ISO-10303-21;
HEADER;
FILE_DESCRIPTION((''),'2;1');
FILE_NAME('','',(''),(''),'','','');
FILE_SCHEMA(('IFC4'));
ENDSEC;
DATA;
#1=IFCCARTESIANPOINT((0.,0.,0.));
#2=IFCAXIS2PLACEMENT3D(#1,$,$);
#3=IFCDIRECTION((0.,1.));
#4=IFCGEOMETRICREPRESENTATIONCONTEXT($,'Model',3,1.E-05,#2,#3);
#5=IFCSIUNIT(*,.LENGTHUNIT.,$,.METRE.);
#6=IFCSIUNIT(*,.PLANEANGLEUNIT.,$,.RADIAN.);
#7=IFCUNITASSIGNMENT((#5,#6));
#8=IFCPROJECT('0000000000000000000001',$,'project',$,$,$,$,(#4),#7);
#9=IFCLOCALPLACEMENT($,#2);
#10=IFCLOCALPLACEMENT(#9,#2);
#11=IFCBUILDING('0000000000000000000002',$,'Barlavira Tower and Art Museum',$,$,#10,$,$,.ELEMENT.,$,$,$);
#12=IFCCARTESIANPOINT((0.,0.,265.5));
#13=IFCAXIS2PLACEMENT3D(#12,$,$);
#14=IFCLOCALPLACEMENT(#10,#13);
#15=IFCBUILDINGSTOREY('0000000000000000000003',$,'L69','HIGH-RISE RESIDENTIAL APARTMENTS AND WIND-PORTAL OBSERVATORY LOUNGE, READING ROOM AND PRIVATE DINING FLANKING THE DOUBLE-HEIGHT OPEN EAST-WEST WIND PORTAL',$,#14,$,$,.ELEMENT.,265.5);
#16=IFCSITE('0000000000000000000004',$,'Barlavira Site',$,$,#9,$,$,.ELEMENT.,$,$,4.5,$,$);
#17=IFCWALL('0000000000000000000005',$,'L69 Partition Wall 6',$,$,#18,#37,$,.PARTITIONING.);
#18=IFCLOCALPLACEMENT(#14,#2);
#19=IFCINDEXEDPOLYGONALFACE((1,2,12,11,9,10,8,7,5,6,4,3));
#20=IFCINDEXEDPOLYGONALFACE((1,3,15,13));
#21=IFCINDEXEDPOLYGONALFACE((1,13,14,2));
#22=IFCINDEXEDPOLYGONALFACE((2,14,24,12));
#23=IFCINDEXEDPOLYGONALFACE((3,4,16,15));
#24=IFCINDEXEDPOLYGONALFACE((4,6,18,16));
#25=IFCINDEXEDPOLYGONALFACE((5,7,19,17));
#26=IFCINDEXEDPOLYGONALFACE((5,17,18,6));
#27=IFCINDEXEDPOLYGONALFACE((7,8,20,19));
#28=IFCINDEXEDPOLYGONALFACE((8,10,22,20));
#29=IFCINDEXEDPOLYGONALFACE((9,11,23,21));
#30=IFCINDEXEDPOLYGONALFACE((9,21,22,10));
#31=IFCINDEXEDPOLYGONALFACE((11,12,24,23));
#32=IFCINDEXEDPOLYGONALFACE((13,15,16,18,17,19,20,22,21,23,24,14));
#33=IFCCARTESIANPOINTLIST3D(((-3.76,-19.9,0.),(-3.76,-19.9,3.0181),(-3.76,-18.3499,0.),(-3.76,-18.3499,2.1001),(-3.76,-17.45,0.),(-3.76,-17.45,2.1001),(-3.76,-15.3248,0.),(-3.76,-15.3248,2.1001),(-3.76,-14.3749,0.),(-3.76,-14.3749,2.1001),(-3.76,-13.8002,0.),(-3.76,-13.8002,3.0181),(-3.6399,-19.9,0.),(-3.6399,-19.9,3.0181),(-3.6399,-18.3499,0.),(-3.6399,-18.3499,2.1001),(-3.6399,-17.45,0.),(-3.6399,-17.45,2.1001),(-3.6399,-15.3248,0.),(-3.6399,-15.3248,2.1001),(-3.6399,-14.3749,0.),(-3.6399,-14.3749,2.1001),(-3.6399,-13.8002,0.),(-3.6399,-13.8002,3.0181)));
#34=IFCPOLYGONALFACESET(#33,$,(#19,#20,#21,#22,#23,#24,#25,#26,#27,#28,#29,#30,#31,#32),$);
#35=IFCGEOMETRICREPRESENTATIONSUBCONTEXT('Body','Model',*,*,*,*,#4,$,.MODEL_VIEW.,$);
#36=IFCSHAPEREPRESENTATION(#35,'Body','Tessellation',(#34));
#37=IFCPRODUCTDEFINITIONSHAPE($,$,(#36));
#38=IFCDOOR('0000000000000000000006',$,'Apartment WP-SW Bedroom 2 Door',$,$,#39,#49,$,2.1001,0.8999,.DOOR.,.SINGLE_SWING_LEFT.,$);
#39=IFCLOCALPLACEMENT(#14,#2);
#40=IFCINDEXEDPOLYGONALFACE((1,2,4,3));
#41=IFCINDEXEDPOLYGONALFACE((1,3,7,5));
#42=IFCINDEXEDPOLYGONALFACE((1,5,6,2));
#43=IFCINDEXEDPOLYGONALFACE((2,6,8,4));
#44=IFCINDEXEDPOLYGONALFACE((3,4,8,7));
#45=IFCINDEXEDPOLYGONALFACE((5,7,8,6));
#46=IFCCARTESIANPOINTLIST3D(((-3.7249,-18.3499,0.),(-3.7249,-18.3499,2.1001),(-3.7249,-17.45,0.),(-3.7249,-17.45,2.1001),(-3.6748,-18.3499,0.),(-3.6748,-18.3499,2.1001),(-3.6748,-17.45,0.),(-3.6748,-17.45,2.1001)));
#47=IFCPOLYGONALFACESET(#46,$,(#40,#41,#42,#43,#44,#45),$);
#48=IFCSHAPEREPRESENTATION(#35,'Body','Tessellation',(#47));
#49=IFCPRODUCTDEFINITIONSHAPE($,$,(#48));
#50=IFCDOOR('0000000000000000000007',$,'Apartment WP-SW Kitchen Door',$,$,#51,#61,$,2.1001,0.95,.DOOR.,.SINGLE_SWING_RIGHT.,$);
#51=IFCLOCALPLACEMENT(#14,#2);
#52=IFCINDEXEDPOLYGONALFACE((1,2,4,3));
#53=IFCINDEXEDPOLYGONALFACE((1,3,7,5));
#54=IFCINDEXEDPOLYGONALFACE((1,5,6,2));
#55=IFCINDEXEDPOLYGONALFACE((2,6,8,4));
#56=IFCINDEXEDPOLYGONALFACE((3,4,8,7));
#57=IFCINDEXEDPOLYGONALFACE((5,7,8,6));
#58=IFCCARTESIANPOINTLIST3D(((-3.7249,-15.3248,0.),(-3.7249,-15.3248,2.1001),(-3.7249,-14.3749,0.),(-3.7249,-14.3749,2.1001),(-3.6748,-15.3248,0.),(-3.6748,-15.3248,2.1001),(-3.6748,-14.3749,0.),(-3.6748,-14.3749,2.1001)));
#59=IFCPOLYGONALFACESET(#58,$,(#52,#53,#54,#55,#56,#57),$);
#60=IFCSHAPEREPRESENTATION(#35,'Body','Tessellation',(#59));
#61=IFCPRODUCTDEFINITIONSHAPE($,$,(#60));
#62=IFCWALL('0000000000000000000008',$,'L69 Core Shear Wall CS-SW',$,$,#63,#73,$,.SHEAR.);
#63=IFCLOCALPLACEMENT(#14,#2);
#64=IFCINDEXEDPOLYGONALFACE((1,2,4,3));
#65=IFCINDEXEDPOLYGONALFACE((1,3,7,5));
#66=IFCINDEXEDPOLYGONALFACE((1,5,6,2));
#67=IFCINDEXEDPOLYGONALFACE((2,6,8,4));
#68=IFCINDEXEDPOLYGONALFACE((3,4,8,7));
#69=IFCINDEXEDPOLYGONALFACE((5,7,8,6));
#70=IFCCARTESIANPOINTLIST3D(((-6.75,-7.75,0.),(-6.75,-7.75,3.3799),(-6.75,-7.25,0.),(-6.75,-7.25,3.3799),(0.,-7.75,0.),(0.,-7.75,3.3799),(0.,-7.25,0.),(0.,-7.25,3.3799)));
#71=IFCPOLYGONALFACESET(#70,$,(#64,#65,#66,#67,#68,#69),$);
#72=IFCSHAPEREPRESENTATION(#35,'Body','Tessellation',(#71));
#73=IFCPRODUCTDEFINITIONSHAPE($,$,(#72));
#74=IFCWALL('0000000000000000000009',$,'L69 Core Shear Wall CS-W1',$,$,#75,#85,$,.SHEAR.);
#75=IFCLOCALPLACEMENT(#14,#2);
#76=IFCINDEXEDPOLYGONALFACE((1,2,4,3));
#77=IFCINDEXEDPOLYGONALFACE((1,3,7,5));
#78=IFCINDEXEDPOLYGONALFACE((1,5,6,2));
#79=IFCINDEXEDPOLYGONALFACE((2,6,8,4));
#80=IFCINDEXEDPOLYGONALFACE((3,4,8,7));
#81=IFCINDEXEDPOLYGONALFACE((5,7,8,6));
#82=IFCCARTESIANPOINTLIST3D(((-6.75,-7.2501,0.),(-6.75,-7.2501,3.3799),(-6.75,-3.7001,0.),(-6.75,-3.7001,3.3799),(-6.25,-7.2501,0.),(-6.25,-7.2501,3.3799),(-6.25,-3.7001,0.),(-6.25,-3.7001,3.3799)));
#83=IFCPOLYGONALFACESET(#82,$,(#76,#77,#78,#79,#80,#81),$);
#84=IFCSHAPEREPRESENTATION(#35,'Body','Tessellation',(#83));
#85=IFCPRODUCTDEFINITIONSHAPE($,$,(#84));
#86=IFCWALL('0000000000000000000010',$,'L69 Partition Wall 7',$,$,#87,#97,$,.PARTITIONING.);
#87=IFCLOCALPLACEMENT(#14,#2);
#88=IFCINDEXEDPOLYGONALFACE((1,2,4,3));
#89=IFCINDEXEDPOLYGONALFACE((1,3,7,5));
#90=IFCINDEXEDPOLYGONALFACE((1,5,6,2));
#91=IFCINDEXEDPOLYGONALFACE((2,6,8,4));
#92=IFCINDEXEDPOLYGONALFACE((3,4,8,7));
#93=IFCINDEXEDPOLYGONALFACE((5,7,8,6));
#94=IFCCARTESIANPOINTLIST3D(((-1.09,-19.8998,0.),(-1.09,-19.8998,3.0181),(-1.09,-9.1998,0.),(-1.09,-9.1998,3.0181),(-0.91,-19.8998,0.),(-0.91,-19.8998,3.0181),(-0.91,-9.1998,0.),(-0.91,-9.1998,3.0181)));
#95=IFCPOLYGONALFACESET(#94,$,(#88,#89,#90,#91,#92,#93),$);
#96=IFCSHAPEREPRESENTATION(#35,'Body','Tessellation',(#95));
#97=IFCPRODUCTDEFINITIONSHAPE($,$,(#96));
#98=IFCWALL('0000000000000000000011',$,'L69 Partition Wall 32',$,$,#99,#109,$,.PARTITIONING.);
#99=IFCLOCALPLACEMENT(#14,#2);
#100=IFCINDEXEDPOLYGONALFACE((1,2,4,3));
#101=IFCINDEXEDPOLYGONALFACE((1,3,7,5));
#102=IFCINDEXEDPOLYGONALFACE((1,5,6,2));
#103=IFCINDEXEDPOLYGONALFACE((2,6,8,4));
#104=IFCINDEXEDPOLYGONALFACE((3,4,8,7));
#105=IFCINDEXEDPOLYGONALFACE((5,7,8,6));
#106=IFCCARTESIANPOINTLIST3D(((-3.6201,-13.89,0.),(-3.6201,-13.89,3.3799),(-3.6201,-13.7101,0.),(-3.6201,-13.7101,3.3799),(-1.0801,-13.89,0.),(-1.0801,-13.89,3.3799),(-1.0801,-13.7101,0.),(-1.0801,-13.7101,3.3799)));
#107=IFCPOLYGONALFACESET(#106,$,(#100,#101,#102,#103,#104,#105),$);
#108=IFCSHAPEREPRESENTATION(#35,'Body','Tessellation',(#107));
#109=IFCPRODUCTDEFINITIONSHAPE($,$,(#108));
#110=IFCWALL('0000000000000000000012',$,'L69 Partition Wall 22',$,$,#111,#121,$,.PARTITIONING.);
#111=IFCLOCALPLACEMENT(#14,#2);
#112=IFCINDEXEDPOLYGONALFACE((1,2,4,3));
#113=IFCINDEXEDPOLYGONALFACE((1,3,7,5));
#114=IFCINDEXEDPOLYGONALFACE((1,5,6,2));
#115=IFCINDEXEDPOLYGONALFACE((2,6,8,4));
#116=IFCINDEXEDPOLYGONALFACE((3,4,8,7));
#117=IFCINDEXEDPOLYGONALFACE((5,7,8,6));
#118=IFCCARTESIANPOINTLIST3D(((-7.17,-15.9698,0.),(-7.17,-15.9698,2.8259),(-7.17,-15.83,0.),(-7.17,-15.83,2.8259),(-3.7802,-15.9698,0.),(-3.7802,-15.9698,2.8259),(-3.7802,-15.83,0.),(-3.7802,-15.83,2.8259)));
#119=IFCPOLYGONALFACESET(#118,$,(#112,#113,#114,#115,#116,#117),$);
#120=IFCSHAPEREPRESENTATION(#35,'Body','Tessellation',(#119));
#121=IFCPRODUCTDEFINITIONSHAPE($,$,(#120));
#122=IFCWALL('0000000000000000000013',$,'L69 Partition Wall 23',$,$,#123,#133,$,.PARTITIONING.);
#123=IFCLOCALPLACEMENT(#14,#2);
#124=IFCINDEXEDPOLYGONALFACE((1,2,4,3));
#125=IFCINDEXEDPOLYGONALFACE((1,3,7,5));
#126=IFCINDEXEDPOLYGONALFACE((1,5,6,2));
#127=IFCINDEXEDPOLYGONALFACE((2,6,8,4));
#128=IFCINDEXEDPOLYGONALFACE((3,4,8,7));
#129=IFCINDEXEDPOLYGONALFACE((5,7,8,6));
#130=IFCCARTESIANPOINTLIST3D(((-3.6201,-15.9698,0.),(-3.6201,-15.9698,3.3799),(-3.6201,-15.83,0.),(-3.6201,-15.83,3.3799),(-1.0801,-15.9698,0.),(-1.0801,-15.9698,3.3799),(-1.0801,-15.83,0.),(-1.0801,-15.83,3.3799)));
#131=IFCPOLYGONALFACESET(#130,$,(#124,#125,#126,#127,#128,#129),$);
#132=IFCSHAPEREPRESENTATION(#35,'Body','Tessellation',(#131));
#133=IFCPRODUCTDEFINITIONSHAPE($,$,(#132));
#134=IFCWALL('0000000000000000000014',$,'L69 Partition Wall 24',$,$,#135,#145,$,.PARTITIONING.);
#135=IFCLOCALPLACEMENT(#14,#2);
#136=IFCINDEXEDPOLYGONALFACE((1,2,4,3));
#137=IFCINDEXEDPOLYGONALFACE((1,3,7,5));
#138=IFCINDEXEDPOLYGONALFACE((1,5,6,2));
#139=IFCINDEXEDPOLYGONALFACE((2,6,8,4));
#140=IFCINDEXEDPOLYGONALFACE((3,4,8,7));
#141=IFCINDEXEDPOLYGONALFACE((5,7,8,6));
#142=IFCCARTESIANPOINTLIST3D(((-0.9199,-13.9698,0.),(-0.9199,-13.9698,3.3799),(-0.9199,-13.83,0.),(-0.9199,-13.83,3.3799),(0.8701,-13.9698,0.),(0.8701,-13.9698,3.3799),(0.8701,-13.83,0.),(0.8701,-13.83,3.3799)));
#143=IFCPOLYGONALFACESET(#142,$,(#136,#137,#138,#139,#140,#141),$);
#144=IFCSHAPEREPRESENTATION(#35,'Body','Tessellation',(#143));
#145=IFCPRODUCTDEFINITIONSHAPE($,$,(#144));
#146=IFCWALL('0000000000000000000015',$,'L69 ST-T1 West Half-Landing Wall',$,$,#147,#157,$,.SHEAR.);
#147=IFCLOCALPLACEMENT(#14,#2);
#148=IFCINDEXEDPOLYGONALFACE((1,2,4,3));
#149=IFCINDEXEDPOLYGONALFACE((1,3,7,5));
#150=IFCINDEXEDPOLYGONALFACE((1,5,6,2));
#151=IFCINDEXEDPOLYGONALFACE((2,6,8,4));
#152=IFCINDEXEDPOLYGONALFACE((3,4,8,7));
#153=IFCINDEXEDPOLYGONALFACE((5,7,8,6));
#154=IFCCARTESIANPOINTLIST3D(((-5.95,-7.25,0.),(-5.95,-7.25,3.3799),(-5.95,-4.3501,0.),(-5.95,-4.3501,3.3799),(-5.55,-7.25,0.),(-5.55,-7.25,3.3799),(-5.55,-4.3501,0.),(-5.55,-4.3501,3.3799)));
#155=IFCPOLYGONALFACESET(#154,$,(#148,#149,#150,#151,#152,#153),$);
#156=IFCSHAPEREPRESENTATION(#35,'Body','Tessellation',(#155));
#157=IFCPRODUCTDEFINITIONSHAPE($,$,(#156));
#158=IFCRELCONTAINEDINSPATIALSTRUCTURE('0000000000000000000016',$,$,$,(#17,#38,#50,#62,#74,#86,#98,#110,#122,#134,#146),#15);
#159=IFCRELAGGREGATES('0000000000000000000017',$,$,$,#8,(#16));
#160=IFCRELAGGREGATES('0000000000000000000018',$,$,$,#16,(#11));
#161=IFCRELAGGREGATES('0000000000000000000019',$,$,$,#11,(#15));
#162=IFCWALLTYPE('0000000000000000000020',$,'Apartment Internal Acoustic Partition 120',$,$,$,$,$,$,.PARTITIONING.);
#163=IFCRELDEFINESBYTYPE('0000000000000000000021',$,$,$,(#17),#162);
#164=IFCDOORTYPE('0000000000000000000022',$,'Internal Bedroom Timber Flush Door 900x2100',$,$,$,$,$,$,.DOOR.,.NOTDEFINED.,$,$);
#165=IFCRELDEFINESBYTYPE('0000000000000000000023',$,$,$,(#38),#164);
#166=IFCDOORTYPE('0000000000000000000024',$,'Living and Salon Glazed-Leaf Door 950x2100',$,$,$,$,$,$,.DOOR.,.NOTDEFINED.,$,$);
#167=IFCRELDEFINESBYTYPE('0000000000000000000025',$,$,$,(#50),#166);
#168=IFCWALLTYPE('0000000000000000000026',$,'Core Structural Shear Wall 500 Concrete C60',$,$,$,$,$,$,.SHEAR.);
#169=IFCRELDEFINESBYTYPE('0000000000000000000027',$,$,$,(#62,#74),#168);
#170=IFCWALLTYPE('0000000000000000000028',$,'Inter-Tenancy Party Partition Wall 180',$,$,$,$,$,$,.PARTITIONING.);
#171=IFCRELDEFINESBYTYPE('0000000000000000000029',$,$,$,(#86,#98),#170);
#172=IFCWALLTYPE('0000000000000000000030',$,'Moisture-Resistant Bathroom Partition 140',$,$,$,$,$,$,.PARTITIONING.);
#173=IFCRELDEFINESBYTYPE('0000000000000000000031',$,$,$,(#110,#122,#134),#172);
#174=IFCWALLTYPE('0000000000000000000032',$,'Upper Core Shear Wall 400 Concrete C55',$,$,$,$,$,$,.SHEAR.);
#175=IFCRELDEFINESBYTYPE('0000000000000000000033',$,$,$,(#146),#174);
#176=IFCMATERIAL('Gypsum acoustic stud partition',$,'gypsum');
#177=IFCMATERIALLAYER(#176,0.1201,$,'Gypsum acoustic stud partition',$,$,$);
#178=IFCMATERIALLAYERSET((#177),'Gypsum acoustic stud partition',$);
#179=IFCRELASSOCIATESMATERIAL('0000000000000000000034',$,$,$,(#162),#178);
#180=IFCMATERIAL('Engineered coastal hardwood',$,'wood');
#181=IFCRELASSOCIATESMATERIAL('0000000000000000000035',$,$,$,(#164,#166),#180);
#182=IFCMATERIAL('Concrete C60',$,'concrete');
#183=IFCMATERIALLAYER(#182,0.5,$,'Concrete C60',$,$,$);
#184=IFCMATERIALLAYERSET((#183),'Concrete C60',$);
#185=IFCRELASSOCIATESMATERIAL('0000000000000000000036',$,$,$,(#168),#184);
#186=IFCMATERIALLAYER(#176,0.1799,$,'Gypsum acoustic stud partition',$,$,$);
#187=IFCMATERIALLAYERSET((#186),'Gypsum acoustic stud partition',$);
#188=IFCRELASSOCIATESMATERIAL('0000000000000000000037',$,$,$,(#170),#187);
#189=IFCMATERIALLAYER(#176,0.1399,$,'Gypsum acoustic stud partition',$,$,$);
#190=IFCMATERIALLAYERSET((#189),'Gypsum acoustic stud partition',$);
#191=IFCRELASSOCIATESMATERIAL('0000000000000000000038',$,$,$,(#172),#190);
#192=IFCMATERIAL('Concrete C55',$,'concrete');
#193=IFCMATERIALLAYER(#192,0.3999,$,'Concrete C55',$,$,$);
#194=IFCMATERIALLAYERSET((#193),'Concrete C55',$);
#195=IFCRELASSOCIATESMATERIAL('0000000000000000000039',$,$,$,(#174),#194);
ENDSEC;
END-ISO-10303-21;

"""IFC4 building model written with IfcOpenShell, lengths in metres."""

from ifc_helpers import new_model, si_unit, direction, frame, frame_2d, origin, place, context, subcontext, project, spatial, rectangle, extrude, material, layer, layer_set, type_object, element, fill, save


model = new_model("IFC4")

# Units and contexts
model_context = context("Model", 3, precision=1e-05, world=origin(), true_north=direction((0.0, 1.0)))
body_context = subcontext(model_context, "Body", "Model", "MODEL_VIEW")
ifc_project = project(units=[si_unit("LENGTHUNIT", "METRE"), si_unit("PLANEANGLEUNIT", "RADIAN")], contexts=[model_context])

# Site, building, storey
site_placement = place(None, origin())
site = spatial("IfcSite", under=ifc_project, at=site_placement, Name="Barlavira Site", CompositionType="ELEMENT", RefElevation=4.5)
building_placement = place(site_placement, origin())
building = spatial("IfcBuilding", under=site, at=building_placement, Name="Barlavira Tower and Art Museum", CompositionType="ELEMENT")
storey_placement = place(building_placement, frame((0.0, 0.0, 265.5)))
storey = spatial("IfcBuildingStorey", under=building, at=storey_placement, Name="L69", Description="HIGH-RISE RESIDENTIAL APARTMENTS AND WIND-PORTAL OBSERVATORY LOUNGE, READING ROOM AND PRIVATE DINING FLANKING THE DOUBLE-HEIGHT OPEN EAST-WEST WIND PORTAL", CompositionType="ELEMENT", Elevation=265.5)

# Wall, openings, doors
ifc_material_1 = material(Name="Gypsum acoustic stud partition", Category="gypsum")
ifc_layer_1 = layer(ifc_material_1, 0.1201, Name="Gypsum acoustic stud partition")
ifc_layer_set_1 = layer_set([ifc_layer_1], Name="Gypsum acoustic stud partition")
wall_type_1 = type_object("IfcWallType", Name="Apartment Internal Acoustic Partition 120", PredefinedType="PARTITIONING", material=ifc_layer_set_1)
wall_1_placement = place(storey_placement, frame((-3.7, -19.8999, 0.0), z_axis=(0.0, 0.0, 1.0), x_axis=(0.0, 1.0, 0.0)))
wall_1 = element("IfcWall", 1, at=wall_1_placement, inside=storey, type_object=wall_type_1, Name="L69 Partition Wall 6", PredefinedType="PARTITIONING", context=body_context, shape_type="SweptSolid", body=[
    extrude(rectangle(XDim=6.0999, YDim=0.1201, at=frame_2d((3.0498, 0.0))), origin(), (0.0, 0.0, 1.0), 3.0181),
])
opening_1_placement = place(wall_1_placement, frame((4.575, 0.0, 0.0)))
opening_1 = element("IfcOpeningElement", 2, at=opening_1_placement, cuts=wall_1, PredefinedType="OPENING", context=body_context, shape_type="SweptSolid", body=[
    extrude(rectangle(XDim=0.95, YDim=2.1001, at=frame_2d((0.4751, 1.05))), frame((0.0, 0.0701, 0.0), z_axis=(0.0, -1.0, 0.0), x_axis=(1.0, 0.0, 0.0)), (0.0, 0.0, 1.0), 0.1401),
])
opening_2_placement = place(wall_1_placement, frame((1.55, 0.0, 0.0)))
opening_2 = element("IfcOpeningElement", 3, at=opening_2_placement, cuts=wall_1, PredefinedType="OPENING", context=body_context, shape_type="SweptSolid", body=[
    extrude(rectangle(XDim=0.8999, YDim=2.1001, at=frame_2d((0.45, 1.05))), frame((0.0, 0.0701, 0.0), z_axis=(0.0, -1.0, 0.0), x_axis=(1.0, 0.0, 0.0)), (0.0, 0.0, 1.0), 0.1401),
])
ifc_material_2 = material(Name="Engineered coastal hardwood", Category="wood")
door_type_1 = type_object("IfcDoorType", Name="Internal Bedroom Timber Flush Door 900x2100", OperationType="NOTDEFINED", PredefinedType="DOOR", material=ifc_material_2)
door_1_placement = place(opening_2_placement, origin())
door_1 = element("IfcDoor", 4, at=door_1_placement, inside=storey, type_object=door_type_1, Name="Apartment WP-SW Bedroom 2 Door", OperationType="SINGLE_SWING_LEFT", OverallHeight=2.1001, OverallWidth=0.8999, PredefinedType="DOOR", context=body_context, shape_type="SweptSolid", body=[
    extrude(rectangle(XDim=0.8999, YDim=2.1001, at=frame_2d((0.45, 1.05))), frame((0.0, 0.0249, 0.0), z_axis=(0.0, -1.0, 0.0), x_axis=(1.0, 0.0, 0.0)), (0.0, 0.0, 1.0), 0.05),
])
fill(opening_2, door_1)
door_type_2 = type_object("IfcDoorType", Name="Living and Salon Glazed-Leaf Door 950x2100", OperationType="NOTDEFINED", PredefinedType="DOOR", material=ifc_material_2)
door_2_placement = place(opening_1_placement, origin())
door_2 = element("IfcDoor", 5, at=door_2_placement, inside=storey, type_object=door_type_2, Name="Apartment WP-SW Kitchen Door", OperationType="SINGLE_SWING_RIGHT", OverallHeight=2.1001, OverallWidth=0.95, PredefinedType="DOOR", context=body_context, shape_type="SweptSolid", body=[
    extrude(rectangle(XDim=0.95, YDim=2.1001, at=frame_2d((0.4751, 1.05))), frame((0.0, 0.0249, 0.0), z_axis=(0.0, -1.0, 0.0), x_axis=(1.0, 0.0, 0.0)), (0.0, 0.0, 1.0), 0.05),
])
fill(opening_1, door_2)

# Walls
ifc_material_3 = material(Name="Concrete C60", Category="concrete")
ifc_layer_2 = layer(ifc_material_3, 0.5, Name="Concrete C60")
ifc_layer_set_2 = layer_set([ifc_layer_2], Name="Concrete C60")
wall_type_2 = type_object("IfcWallType", Name="Core Structural Shear Wall 500 Concrete C60", PredefinedType="SHEAR", material=ifc_layer_set_2)
wall_2_placement = place(storey_placement, frame((-6.75, -7.5, 0.0), z_axis=(0.0, 0.0, 1.0), x_axis=(1.0, 0.0, 0.0)))
element("IfcWall", 6, at=wall_2_placement, inside=storey, type_object=wall_type_2, Name="L69 Core Shear Wall CS-SW", PredefinedType="SHEAR", context=body_context, shape_type="SweptSolid", body=[
    extrude(rectangle(XDim=6.75, YDim=0.5, at=frame_2d((3.375, 0.0))), origin(), (0.0, 0.0, 1.0), 3.3799),
])
wall_3_placement = place(storey_placement, frame((-6.5, -7.25, 0.0), z_axis=(0.0, 0.0, 1.0), x_axis=(0.0, 1.0, 0.0)))
element("IfcWall", 7, at=wall_3_placement, inside=storey, type_object=wall_type_2, Name="L69 Core Shear Wall CS-W1", PredefinedType="SHEAR", context=body_context, shape_type="SweptSolid", body=[
    extrude(rectangle(XDim=3.55, YDim=0.5, at=frame_2d((1.7749, 0.0))), origin(), (0.0, 0.0, 1.0), 3.3799),
])
ifc_layer_3 = layer(ifc_material_1, 0.1799, Name="Gypsum acoustic stud partition")
ifc_layer_set_3 = layer_set([ifc_layer_3], Name="Gypsum acoustic stud partition")
wall_type_3 = type_object("IfcWallType", Name="Inter-Tenancy Party Partition Wall 180", PredefinedType="PARTITIONING", material=ifc_layer_set_3)
wall_4_placement = place(storey_placement, frame((-1.0, -19.8999, 0.0), z_axis=(0.0, 0.0, 1.0), x_axis=(0.0, 1.0, 0.0)))
element("IfcWall", 8, at=wall_4_placement, inside=storey, type_object=wall_type_3, Name="L69 Partition Wall 7", PredefinedType="PARTITIONING", context=body_context, shape_type="SweptSolid", body=[
    extrude(rectangle(XDim=10.7, YDim=0.1799, at=frame_2d((5.3501, 0.0))), origin(), (0.0, 0.0, 1.0), 3.0181),
])
wall_5_placement = place(storey_placement, frame((-3.6201, -13.8, 0.0), z_axis=(0.0, 0.0, 1.0), x_axis=(1.0, 0.0, 0.0)))
element("IfcWall", 9, at=wall_5_placement, inside=storey, type_object=wall_type_3, Name="L69 Partition Wall 32", PredefinedType="PARTITIONING", context=body_context, shape_type="SweptSolid", body=[
    extrude(rectangle(XDim=2.54, YDim=0.1799, at=frame_2d((1.27, 0.0))), origin(), (0.0, 0.0, 1.0), 3.3799),
])
ifc_layer_4 = layer(ifc_material_1, 0.1399, Name="Gypsum acoustic stud partition")
ifc_layer_set_4 = layer_set([ifc_layer_4], Name="Gypsum acoustic stud partition")
wall_type_4 = type_object("IfcWallType", Name="Moisture-Resistant Bathroom Partition 140", PredefinedType="PARTITIONING", material=ifc_layer_set_4)
wall_6_placement = place(storey_placement, frame((-7.1699, -15.8999, 0.0), z_axis=(0.0, 0.0, 1.0), x_axis=(1.0, 0.0, 0.0)))
element("IfcWall", 10, at=wall_6_placement, inside=storey, type_object=wall_type_4, Name="L69 Partition Wall 22", PredefinedType="PARTITIONING", context=body_context, shape_type="SweptSolid", body=[
    extrude(rectangle(XDim=3.3899, YDim=0.1399, at=frame_2d((1.6948, 0.0))), origin(), (0.0, 0.0, 1.0), 2.8259),
])
wall_7_placement = place(storey_placement, frame((-3.6201, -15.8999, 0.0), z_axis=(0.0, 0.0, 1.0), x_axis=(1.0, 0.0, 0.0)))
element("IfcWall", 11, at=wall_7_placement, inside=storey, type_object=wall_type_4, Name="L69 Partition Wall 23", PredefinedType="PARTITIONING", context=body_context, shape_type="SweptSolid", body=[
    extrude(rectangle(XDim=2.54, YDim=0.1399, at=frame_2d((1.27, 0.0))), origin(), (0.0, 0.0, 1.0), 3.3799),
])
wall_8_placement = place(storey_placement, frame((-0.9199, -13.8999, 0.0), z_axis=(0.0, 0.0, 1.0), x_axis=(1.0, 0.0, 0.0)))
element("IfcWall", 12, at=wall_8_placement, inside=storey, type_object=wall_type_4, Name="L69 Partition Wall 24", PredefinedType="PARTITIONING", context=body_context, shape_type="SweptSolid", body=[
    extrude(rectangle(XDim=1.79, YDim=0.1399, at=frame_2d((0.895, 0.0))), origin(), (0.0, 0.0, 1.0), 3.3799),
])
ifc_material_4 = material(Name="Concrete C55", Category="concrete")
ifc_layer_5 = layer(ifc_material_4, 0.3999, Name="Concrete C55")
ifc_layer_set_5 = layer_set([ifc_layer_5], Name="Concrete C55")
wall_type_5 = type_object("IfcWallType", Name="Upper Core Shear Wall 400 Concrete C55", PredefinedType="SHEAR", material=ifc_layer_set_5)
wall_9_placement = place(storey_placement, frame((-5.75, -7.25, 0.0), z_axis=(0.0, 0.0, 1.0), x_axis=(0.0, 1.0, 0.0)))
element("IfcWall", 13, at=wall_9_placement, inside=storey, type_object=wall_type_5, Name="L69 ST-T1 West Half-Landing Wall", PredefinedType="SHEAR", context=body_context, shape_type="SweptSolid", body=[
    extrude(rectangle(XDim=2.8999, YDim=0.3999, at=frame_2d((1.45, 0.0))), origin(), (0.0, 0.0, 1.0), 3.3799),
])

save(model, "model.ifc")
